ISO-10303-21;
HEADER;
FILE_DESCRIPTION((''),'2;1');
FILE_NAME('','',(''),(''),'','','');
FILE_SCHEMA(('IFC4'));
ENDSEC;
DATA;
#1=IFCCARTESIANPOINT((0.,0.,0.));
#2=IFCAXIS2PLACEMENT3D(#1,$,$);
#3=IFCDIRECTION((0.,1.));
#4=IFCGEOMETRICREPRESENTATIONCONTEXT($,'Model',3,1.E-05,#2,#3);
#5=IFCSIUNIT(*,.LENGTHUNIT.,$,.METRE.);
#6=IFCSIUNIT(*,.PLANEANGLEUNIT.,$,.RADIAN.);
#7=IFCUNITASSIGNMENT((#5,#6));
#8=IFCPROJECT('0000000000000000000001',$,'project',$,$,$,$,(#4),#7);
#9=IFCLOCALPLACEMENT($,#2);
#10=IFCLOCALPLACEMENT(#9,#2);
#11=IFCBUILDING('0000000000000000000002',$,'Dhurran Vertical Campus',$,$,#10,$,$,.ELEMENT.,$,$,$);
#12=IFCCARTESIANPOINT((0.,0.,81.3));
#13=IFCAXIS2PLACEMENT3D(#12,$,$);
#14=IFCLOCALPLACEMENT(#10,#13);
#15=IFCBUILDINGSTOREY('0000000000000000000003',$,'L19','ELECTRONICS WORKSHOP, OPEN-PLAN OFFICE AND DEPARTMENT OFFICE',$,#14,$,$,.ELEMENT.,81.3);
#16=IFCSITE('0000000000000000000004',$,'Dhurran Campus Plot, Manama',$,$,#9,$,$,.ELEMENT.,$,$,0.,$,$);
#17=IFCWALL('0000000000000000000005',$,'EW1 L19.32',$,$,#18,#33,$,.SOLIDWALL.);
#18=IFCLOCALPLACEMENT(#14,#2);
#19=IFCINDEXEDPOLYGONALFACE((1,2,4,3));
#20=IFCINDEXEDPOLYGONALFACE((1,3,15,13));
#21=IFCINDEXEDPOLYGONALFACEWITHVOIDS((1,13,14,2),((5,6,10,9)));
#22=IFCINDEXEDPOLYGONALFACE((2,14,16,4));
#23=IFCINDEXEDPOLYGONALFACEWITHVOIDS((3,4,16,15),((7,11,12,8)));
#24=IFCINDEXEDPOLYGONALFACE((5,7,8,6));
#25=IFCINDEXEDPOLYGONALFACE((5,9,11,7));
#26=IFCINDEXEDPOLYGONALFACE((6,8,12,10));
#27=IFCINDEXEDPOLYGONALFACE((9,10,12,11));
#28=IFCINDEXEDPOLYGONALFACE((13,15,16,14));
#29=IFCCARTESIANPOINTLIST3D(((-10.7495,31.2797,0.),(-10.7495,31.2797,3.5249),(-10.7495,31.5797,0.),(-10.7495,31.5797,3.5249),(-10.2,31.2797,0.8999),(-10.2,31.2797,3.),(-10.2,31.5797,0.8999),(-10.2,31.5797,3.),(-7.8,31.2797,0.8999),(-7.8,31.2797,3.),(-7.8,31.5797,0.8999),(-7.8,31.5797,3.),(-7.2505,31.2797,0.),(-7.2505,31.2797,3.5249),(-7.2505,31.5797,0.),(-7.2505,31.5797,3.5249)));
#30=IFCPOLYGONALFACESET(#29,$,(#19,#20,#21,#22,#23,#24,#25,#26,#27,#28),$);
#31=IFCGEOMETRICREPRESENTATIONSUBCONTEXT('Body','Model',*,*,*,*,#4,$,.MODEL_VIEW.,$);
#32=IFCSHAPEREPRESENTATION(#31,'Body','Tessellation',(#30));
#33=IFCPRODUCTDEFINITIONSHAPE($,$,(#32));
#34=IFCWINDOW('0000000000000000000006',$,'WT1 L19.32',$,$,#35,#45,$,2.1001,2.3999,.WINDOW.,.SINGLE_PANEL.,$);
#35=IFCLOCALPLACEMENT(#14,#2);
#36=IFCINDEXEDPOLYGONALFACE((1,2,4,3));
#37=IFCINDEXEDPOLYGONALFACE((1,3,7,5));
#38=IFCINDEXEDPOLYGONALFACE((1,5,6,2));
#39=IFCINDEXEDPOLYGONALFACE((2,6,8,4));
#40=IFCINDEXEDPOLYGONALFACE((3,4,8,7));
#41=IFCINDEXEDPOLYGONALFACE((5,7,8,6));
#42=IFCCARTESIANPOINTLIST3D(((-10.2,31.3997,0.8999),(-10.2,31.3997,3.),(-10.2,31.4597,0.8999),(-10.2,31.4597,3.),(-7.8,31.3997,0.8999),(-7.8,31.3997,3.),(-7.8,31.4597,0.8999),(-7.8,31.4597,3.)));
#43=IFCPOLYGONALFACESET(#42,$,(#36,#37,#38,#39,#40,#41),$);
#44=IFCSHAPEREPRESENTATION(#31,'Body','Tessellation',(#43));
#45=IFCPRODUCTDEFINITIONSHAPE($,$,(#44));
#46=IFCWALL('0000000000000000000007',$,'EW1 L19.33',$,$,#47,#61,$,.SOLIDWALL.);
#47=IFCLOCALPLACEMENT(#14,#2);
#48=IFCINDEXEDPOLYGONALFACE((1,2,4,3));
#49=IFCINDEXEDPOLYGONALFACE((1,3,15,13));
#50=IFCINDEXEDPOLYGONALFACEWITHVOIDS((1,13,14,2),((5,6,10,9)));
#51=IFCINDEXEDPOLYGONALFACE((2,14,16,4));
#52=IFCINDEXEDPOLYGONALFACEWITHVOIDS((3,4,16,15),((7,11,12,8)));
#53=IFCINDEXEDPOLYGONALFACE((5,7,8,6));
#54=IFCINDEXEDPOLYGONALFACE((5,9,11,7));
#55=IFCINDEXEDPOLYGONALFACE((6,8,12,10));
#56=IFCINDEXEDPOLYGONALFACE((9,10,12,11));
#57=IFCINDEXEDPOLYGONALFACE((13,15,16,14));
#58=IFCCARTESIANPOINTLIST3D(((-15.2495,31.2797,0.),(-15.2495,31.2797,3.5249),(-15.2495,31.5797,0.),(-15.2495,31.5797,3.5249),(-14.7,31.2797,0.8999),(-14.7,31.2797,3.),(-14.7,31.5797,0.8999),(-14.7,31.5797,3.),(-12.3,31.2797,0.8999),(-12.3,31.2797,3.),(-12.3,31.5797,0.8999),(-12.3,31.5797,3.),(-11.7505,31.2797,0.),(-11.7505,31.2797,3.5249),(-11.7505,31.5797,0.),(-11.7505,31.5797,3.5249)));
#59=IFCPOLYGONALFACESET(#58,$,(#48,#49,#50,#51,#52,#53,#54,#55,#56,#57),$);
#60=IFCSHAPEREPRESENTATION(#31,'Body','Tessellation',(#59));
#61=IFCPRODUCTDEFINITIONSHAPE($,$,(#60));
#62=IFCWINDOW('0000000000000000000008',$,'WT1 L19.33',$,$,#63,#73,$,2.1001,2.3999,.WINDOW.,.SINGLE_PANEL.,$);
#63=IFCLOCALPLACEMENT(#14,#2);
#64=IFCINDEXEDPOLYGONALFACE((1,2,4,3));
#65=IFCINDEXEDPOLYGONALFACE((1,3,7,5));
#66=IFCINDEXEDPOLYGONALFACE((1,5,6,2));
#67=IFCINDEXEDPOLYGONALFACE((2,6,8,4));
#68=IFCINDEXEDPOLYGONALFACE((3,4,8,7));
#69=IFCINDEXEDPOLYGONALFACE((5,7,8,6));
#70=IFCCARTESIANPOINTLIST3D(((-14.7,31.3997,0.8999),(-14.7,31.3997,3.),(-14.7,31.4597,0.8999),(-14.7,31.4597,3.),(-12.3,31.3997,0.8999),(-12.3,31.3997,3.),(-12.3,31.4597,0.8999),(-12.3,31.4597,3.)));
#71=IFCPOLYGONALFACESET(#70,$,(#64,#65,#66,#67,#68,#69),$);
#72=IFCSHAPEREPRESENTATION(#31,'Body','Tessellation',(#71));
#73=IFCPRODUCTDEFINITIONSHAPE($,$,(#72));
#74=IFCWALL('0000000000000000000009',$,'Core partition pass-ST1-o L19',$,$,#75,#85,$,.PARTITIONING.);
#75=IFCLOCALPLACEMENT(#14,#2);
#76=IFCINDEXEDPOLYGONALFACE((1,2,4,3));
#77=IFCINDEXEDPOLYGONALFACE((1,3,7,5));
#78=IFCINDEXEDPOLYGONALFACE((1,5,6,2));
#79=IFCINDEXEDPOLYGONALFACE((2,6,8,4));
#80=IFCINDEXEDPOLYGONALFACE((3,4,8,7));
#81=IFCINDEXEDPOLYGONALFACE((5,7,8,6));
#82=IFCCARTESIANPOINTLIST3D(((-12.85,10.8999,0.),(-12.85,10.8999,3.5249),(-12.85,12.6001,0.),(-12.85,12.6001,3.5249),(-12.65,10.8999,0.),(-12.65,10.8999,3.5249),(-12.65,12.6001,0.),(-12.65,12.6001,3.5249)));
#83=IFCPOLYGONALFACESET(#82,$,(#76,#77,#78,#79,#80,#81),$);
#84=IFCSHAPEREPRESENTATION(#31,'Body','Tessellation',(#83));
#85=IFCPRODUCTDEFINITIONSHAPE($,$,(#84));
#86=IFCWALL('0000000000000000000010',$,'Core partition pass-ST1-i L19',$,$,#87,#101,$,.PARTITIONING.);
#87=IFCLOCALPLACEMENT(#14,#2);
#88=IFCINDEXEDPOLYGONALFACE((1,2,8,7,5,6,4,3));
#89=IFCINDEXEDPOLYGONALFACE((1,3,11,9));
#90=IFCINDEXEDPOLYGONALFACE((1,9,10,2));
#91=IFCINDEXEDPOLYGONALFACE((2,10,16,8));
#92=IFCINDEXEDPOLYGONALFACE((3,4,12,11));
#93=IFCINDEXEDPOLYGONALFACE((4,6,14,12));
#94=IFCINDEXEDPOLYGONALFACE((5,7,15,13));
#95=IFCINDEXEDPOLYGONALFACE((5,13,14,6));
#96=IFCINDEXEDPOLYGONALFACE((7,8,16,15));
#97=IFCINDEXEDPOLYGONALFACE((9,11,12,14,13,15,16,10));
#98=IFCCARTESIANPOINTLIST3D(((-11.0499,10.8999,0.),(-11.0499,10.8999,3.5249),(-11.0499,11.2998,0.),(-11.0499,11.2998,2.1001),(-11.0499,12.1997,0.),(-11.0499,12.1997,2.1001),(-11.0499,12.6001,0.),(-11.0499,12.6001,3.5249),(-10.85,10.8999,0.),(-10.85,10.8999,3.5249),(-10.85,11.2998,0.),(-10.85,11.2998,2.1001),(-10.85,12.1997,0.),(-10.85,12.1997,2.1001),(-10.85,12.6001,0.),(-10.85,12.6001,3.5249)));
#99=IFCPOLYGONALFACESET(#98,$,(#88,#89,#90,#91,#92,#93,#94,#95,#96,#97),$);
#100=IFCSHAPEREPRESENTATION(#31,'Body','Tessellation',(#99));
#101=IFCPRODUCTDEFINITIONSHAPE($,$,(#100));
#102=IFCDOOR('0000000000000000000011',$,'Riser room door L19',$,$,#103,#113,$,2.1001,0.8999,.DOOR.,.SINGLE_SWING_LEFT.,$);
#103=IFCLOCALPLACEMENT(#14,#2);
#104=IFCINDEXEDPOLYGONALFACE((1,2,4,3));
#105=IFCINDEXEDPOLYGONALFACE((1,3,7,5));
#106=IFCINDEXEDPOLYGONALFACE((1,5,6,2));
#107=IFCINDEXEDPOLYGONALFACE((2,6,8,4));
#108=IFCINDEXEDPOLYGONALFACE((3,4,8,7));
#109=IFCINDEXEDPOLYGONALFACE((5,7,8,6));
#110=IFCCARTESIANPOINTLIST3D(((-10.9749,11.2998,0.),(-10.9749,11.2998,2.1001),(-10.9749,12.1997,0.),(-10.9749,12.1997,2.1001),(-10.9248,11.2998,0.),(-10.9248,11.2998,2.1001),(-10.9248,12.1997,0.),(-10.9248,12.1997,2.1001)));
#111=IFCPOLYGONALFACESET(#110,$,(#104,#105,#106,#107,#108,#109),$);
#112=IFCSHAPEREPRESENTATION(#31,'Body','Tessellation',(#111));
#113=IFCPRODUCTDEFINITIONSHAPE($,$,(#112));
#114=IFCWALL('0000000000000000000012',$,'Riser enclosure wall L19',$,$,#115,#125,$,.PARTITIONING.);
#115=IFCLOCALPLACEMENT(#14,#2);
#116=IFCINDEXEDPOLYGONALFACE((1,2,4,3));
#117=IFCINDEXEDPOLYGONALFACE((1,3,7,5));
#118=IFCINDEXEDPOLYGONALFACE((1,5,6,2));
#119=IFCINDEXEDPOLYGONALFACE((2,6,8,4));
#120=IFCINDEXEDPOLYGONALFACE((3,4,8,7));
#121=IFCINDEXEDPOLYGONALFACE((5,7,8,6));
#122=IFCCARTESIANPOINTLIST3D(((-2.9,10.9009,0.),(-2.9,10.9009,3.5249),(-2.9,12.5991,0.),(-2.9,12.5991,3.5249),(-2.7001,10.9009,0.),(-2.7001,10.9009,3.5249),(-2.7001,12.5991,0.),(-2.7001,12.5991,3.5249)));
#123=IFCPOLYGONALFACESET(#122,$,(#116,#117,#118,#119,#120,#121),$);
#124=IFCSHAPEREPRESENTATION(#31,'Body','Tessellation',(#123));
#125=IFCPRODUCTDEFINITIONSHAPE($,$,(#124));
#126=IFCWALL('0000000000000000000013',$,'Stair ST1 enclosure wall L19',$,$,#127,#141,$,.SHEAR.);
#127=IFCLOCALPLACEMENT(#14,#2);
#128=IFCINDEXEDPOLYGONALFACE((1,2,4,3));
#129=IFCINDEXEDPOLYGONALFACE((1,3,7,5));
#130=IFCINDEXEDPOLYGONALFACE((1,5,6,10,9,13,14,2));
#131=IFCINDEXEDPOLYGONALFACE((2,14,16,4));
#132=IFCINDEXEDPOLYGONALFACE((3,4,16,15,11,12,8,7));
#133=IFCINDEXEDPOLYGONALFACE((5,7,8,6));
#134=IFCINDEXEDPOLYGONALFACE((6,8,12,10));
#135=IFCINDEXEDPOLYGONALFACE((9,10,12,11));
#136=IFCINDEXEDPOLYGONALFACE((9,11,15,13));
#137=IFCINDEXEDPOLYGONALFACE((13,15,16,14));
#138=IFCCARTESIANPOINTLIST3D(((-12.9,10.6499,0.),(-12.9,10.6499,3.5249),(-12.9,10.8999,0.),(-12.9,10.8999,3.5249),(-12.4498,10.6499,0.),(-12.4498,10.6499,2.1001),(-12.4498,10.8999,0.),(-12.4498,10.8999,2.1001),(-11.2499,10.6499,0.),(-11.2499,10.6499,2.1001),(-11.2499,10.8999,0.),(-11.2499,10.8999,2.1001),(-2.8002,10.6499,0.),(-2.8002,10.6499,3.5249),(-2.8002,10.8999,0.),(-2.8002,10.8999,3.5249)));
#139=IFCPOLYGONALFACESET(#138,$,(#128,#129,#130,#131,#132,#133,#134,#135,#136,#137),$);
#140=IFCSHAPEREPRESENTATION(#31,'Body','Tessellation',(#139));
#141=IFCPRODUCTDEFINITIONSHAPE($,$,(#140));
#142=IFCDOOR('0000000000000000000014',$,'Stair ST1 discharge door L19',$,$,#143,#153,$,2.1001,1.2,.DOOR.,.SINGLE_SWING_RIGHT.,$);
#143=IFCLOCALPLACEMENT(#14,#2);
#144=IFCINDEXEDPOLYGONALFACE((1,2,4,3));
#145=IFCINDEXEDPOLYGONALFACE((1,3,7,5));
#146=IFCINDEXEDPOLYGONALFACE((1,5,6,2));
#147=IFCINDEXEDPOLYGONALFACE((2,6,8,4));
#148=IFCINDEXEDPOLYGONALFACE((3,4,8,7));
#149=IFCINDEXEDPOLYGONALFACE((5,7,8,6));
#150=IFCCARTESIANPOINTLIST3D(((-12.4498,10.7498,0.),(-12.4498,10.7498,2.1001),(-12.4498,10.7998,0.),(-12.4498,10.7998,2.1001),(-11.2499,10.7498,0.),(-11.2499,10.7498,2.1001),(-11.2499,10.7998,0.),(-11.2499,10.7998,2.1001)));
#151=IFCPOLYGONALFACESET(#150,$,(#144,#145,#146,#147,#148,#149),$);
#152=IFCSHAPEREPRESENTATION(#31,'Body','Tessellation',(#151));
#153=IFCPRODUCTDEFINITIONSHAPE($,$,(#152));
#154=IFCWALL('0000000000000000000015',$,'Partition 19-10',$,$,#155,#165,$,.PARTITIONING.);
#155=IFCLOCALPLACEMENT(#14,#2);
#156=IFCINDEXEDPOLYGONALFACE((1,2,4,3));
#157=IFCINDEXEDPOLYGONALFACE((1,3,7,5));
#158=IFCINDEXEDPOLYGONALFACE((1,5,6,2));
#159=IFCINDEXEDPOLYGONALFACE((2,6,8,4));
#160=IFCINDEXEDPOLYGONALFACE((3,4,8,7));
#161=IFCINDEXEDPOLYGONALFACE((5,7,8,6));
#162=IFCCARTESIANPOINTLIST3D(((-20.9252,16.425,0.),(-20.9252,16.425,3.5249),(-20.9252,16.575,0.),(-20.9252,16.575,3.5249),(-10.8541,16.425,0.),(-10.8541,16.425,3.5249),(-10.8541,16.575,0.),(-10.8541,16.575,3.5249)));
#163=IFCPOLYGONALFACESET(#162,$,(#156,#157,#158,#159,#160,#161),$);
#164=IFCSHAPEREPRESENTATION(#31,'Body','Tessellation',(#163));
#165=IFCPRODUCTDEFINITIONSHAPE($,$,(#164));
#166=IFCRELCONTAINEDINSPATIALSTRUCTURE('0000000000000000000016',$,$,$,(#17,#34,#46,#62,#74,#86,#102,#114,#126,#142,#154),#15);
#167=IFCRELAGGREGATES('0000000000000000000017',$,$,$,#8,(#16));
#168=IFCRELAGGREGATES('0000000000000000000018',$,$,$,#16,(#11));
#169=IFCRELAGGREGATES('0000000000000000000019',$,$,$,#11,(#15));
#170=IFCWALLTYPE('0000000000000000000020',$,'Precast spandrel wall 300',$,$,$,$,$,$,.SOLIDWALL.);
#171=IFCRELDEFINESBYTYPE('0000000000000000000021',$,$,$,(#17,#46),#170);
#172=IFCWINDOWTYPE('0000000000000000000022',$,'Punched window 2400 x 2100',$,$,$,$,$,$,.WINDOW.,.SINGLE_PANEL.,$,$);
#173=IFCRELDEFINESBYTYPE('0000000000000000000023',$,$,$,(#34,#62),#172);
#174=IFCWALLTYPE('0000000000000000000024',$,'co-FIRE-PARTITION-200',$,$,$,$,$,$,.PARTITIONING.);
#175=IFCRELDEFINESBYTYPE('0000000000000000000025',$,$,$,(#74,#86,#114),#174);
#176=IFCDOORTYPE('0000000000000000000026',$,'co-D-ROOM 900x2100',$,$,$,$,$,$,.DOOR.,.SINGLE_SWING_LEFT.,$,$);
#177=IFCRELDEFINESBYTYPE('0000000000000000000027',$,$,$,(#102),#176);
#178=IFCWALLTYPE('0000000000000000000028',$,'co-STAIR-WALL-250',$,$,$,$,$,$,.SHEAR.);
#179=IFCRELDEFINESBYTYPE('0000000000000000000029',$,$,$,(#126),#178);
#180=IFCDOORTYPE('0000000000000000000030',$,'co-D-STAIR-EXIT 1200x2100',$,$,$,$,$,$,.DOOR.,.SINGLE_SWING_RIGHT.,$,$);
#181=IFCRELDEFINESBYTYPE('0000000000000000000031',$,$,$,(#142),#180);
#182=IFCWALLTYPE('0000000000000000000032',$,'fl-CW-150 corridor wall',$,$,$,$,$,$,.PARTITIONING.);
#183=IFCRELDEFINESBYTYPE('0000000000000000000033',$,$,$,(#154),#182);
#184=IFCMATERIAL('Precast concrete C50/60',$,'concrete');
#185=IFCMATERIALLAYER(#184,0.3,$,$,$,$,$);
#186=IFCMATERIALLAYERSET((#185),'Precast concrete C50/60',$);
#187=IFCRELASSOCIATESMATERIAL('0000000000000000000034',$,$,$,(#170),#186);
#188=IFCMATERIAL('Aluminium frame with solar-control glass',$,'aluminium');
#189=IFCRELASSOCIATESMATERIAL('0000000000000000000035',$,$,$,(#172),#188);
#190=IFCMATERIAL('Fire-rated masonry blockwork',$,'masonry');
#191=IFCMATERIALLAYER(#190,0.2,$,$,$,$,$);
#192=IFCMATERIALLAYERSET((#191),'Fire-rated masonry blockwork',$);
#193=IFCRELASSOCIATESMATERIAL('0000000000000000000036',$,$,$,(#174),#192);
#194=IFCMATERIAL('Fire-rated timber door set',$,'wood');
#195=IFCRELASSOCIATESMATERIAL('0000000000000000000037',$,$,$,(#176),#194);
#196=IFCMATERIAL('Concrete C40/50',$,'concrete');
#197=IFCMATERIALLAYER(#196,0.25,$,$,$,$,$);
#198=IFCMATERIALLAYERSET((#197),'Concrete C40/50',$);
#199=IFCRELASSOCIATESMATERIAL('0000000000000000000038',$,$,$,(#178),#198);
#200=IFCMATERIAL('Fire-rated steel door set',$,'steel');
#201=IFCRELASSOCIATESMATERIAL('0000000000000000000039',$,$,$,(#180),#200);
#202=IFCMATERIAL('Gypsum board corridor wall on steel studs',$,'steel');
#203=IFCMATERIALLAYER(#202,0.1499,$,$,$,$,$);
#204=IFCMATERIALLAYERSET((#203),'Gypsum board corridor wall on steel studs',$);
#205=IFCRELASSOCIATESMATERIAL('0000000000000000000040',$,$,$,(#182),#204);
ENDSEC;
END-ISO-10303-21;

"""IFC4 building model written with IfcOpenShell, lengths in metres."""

from ifc_helpers import new_model, si_unit, direction, frame, frame_2d, origin, place, context, subcontext, project, spatial, rectangle, extrude, material, layer, layer_set, type_object, element, fill, save


model = new_model("IFC4")

# Units and contexts
model_context = context("Model", 3, precision=1e-05, world=origin(), true_north=direction((0.0, 1.0)))
body_context = subcontext(model_context, "Body", "Model", "MODEL_VIEW")
ifc_project = project(units=[si_unit("LENGTHUNIT", "METRE"), si_unit("PLANEANGLEUNIT", "RADIAN")], contexts=[model_context])

# Site, building, storey
site_placement = place(None, origin())
site = spatial("IfcSite", under=ifc_project, at=site_placement, Name="Dhurran Campus Plot, Manama", CompositionType="ELEMENT", RefElevation=0.0)
building_placement = place(site_placement, origin())
building = spatial("IfcBuilding", under=site, at=building_placement, Name="Dhurran Vertical Campus", CompositionType="ELEMENT")
storey_placement = place(building_placement, frame((0.0, 0.0, 81.3)))
storey = spatial("IfcBuildingStorey", under=building, at=storey_placement, Name="L19", Description="ELECTRONICS WORKSHOP, OPEN-PLAN OFFICE AND DEPARTMENT OFFICE", CompositionType="ELEMENT", Elevation=81.3)

# Walls, openings, windows
ifc_material_1 = material(Name="Precast concrete C50/60", Category="concrete")
ifc_layer_1 = layer(ifc_material_1, 0.3)
ifc_layer_set_1 = layer_set([ifc_layer_1], Name="Precast concrete C50/60")
wall_type_1 = type_object("IfcWallType", Name="Precast spandrel wall 300", PredefinedType="SOLIDWALL", material=ifc_layer_set_1)
ifc_material_2 = material(Name="Aluminium frame with solar-control glass", Category="aluminium")
window_type = type_object("IfcWindowType", Name="Punched window 2400 x 2100", PartitioningType="SINGLE_PANEL", PredefinedType="WINDOW", material=ifc_material_2)
wall_1_placement = place(storey_placement, frame((-7.2505, 31.4297, 0.0), z_axis=(0.0, 0.0, 1.0), x_axis=(-1.0, 0.0, 0.0)))
wall_1 = element("IfcWall", 1, at=wall_1_placement, inside=storey, type_object=wall_type_1, Name="EW1 L19.32", PredefinedType="SOLIDWALL", context=body_context, shape_type="SweptSolid", body=[
    extrude(rectangle(XDim=3.499, YDim=0.3, at=frame_2d((1.7495, 0.0))), origin(), (0.0, 0.0, 1.0), 3.5249),
])
opening_1_placement = place(wall_1_placement, frame((0.5496, 0.0, 0.8999)))
opening_1 = element("IfcOpeningElement", 2, at=opening_1_placement, cuts=wall_1, PredefinedType="OPENING", context=body_context, shape_type="SweptSolid", body=[
    extrude(rectangle(XDim=2.3999, YDim=2.1001, at=frame_2d((1.2, 1.05))), frame((0.0, 0.1599, 0.0), z_axis=(0.0, -1.0, 0.0), x_axis=(1.0, 0.0, 0.0)), (0.0, 0.0, 1.0), 0.3201),
])
window_1_placement = place(opening_1_placement, origin())
window_1 = element("IfcWindow", 3, at=window_1_placement, inside=storey, type_object=window_type, Name="WT1 L19.32", OverallHeight=2.1001, OverallWidth=2.3999, PartitioningType="SINGLE_PANEL", PredefinedType="WINDOW", context=body_context, shape_type="SweptSolid", body=[
    extrude(rectangle(XDim=2.3999, YDim=2.1001, at=frame_2d((1.2, 1.05))), frame((0.0, 0.03, 0.0), z_axis=(0.0, -1.0, 0.0), x_axis=(1.0, 0.0, 0.0)), (0.0, 0.0, 1.0), 0.0601),
])
fill(opening_1, window_1)
wall_2_placement = place(storey_placement, frame((-11.7505, 31.4297, 0.0), z_axis=(0.0, 0.0, 1.0), x_axis=(-1.0, 0.0, 0.0)))
wall_2 = element("IfcWall", 4, at=wall_2_placement, inside=storey, type_object=wall_type_1, Name="EW1 L19.33", PredefinedType="SOLIDWALL", context=body_context, shape_type="SweptSolid", body=[
    extrude(rectangle(XDim=3.499, YDim=0.3, at=frame_2d((1.7495, 0.0))), origin(), (0.0, 0.0, 1.0), 3.5249),
])
opening_2_placement = place(wall_2_placement, frame((0.5496, 0.0, 0.8999)))
opening_2 = element("IfcOpeningElement", 5, at=opening_2_placement, cuts=wall_2, PredefinedType="OPENING", context=body_context, shape_type="SweptSolid", body=[
    extrude(rectangle(XDim=2.3999, YDim=2.1001, at=frame_2d((1.2, 1.05))), frame((0.0, 0.1599, 0.0), z_axis=(0.0, -1.0, 0.0), x_axis=(1.0, 0.0, 0.0)), (0.0, 0.0, 1.0), 0.3201),
])
window_2_placement = place(opening_2_placement, origin())
window_2 = element("IfcWindow", 6, at=window_2_placement, inside=storey, type_object=window_type, Name="WT1 L19.33", OverallHeight=2.1001, OverallWidth=2.3999, PartitioningType="SINGLE_PANEL", PredefinedType="WINDOW", context=body_context, shape_type="SweptSolid", body=[
    extrude(rectangle(XDim=2.3999, YDim=2.1001, at=frame_2d((1.2, 1.05))), frame((0.0, 0.03, 0.0), z_axis=(0.0, -1.0, 0.0), x_axis=(1.0, 0.0, 0.0)), (0.0, 0.0, 1.0), 0.0601),
])
fill(opening_2, window_2)

# Wall
ifc_material_3 = material(Name="Fire-rated masonry blockwork", Category="masonry")
ifc_layer_2 = layer(ifc_material_3, 0.2)
ifc_layer_set_2 = layer_set([ifc_layer_2], Name="Fire-rated masonry blockwork")
wall_type_2 = type_object("IfcWallType", Name="co-FIRE-PARTITION-200", PredefinedType="PARTITIONING", material=ifc_layer_set_2)
wall_3_placement = place(storey_placement, frame((-12.75, 10.8999, 0.0), z_axis=(0.0, 0.0, 1.0), x_axis=(0.0, 1.0, 0.0)))
element("IfcWall", 7, at=wall_3_placement, inside=storey, type_object=wall_type_2, Name="Core partition pass-ST1-o L19", PredefinedType="PARTITIONING", context=body_context, shape_type="SweptSolid", body=[
    extrude(rectangle(XDim=1.7002, YDim=0.2, at=frame_2d((0.8501, 0.0))), origin(), (0.0, 0.0, 1.0), 3.5249),
])

# Wall, opening, door
wall_4_placement = place(storey_placement, frame((-10.95, 10.8999, 0.0), z_axis=(0.0, 0.0, 1.0), x_axis=(0.0, 1.0, 0.0)))
wall_4 = element("IfcWall", 8, at=wall_4_placement, inside=storey, type_object=wall_type_2, Name="Core partition pass-ST1-i L19", PredefinedType="PARTITIONING", context=body_context, shape_type="SweptSolid", body=[
    extrude(rectangle(XDim=1.7002, YDim=0.2, at=frame_2d((0.8501, 0.0))), origin(), (0.0, 0.0, 1.0), 3.5249),
])
opening_3_placement = place(wall_4_placement, frame((0.3999, 0.0, 0.0)))
opening_3 = element("IfcOpeningElement", 9, at=opening_3_placement, cuts=wall_4, PredefinedType="OPENING", context=body_context, shape_type="SweptSolid", body=[
    extrude(rectangle(XDim=0.8999, YDim=2.1001, at=frame_2d((0.45, 1.05))), frame((0.0, 0.1099, 0.0), z_axis=(0.0, -1.0, 0.0), x_axis=(1.0, 0.0, 0.0)), (0.0, 0.0, 1.0), 0.22),
])
ifc_material_4 = material(Name="Fire-rated timber door set", Category="wood")
door_type_1 = type_object("IfcDoorType", Name="co-D-ROOM 900x2100", OperationType="SINGLE_SWING_LEFT", PredefinedType="DOOR", material=ifc_material_4)
door_1_placement = place(opening_3_placement, origin())
door_1 = element("IfcDoor", 10, at=door_1_placement, inside=storey, type_object=door_type_1, Name="Riser room door L19", OperationType="SINGLE_SWING_LEFT", OverallHeight=2.1001, OverallWidth=0.8999, PredefinedType="DOOR", context=body_context, shape_type="SweptSolid", body=[
    extrude(rectangle(XDim=0.8999, YDim=2.1001, at=frame_2d((0.45, 1.05))), frame((0.0, 0.0249, 0.0), z_axis=(0.0, -1.0, 0.0), x_axis=(1.0, 0.0, 0.0)), (0.0, 0.0, 1.0), 0.05),
])
fill(opening_3, door_1)

# Wall
wall_5_placement = place(storey_placement, frame((-2.8, 10.9009, 0.0), z_axis=(0.0, 0.0, 1.0), x_axis=(0.0, 1.0, 0.0)))
element("IfcWall", 11, at=wall_5_placement, inside=storey, type_object=wall_type_2, Name="Riser enclosure wall L19", PredefinedType="PARTITIONING", context=body_context, shape_type="SweptSolid", body=[
    extrude(rectangle(XDim=1.6982, YDim=0.2, at=frame_2d((0.8491, 0.0))), origin(), (0.0, 0.0, 1.0), 3.5249),
])

# Wall, opening, door
ifc_material_5 = material(Name="Concrete C40/50", Category="concrete")
ifc_layer_3 = layer(ifc_material_5, 0.25)
ifc_layer_set_3 = layer_set([ifc_layer_3], Name="Concrete C40/50")
wall_type_3 = type_object("IfcWallType", Name="co-STAIR-WALL-250", PredefinedType="SHEAR", material=ifc_layer_set_3)
wall_6_placement = place(storey_placement, frame((-12.8999, 10.7749, 0.0), z_axis=(0.0, 0.0, 1.0), x_axis=(1.0, 0.0, 0.0)))
wall_6 = element("IfcWall", 12, at=wall_6_placement, inside=storey, type_object=wall_type_3, Name="Stair ST1 enclosure wall L19", PredefinedType="SHEAR", context=body_context, shape_type="SweptSolid", body=[
    extrude(rectangle(XDim=10.0999, YDim=0.25, at=frame_2d((5.0498, 0.0))), origin(), (0.0, 0.0, 1.0), 3.5249),
])
opening_4_placement = place(wall_6_placement, frame((0.45, 0.0, 0.0)))
opening_4 = element("IfcOpeningElement", 13, at=opening_4_placement, cuts=wall_6, PredefinedType="OPENING", context=body_context, shape_type="SweptSolid", body=[
    extrude(rectangle(XDim=1.2, YDim=2.1001, at=frame_2d((0.6001, 1.05))), frame((0.0, 0.135, 0.0), z_axis=(0.0, -1.0, 0.0), x_axis=(1.0, 0.0, 0.0)), (0.0, 0.0, 1.0), 0.27),
])
ifc_material_6 = material(Name="Fire-rated steel door set", Category="steel")
door_type_2 = type_object("IfcDoorType", Name="co-D-STAIR-EXIT 1200x2100", OperationType="SINGLE_SWING_RIGHT", PredefinedType="DOOR", material=ifc_material_6)
door_2_placement = place(opening_4_placement, origin())
door_2 = element("IfcDoor", 14, at=door_2_placement, inside=storey, type_object=door_type_2, Name="Stair ST1 discharge door L19", OperationType="SINGLE_SWING_RIGHT", OverallHeight=2.1001, OverallWidth=1.2, PredefinedType="DOOR", context=body_context, shape_type="SweptSolid", body=[
    extrude(rectangle(XDim=1.2, YDim=2.1001, at=frame_2d((0.6001, 1.05))), frame((0.0, 0.0249, 0.0), z_axis=(0.0, -1.0, 0.0), x_axis=(1.0, 0.0, 0.0)), (0.0, 0.0, 1.0), 0.05),
])
fill(opening_4, door_2)

# Wall
ifc_material_7 = material(Name="Gypsum board corridor wall on steel studs", Category="steel")
ifc_layer_4 = layer(ifc_material_7, 0.1499)
ifc_layer_set_4 = layer_set([ifc_layer_4], Name="Gypsum board corridor wall on steel studs")
wall_type_4 = type_object("IfcWallType", Name="fl-CW-150 corridor wall", PredefinedType="PARTITIONING", material=ifc_layer_set_4)
wall_7_placement = place(storey_placement, frame((-10.854, 16.5, 0.0), z_axis=(0.0, 0.0, 1.0), x_axis=(-1.0, 0.0, 0.0)))
element("IfcWall", 15, at=wall_7_placement, inside=storey, type_object=wall_type_4, Name="Partition 19-10", PredefinedType="PARTITIONING", context=body_context, shape_type="SweptSolid", body=[
    extrude(rectangle(XDim=10.071, YDim=0.1499, at=frame_2d((5.0356, 0.0))), origin(), (0.0, 0.0, 1.0), 3.5249),
])

save(model, "model.ifc")
